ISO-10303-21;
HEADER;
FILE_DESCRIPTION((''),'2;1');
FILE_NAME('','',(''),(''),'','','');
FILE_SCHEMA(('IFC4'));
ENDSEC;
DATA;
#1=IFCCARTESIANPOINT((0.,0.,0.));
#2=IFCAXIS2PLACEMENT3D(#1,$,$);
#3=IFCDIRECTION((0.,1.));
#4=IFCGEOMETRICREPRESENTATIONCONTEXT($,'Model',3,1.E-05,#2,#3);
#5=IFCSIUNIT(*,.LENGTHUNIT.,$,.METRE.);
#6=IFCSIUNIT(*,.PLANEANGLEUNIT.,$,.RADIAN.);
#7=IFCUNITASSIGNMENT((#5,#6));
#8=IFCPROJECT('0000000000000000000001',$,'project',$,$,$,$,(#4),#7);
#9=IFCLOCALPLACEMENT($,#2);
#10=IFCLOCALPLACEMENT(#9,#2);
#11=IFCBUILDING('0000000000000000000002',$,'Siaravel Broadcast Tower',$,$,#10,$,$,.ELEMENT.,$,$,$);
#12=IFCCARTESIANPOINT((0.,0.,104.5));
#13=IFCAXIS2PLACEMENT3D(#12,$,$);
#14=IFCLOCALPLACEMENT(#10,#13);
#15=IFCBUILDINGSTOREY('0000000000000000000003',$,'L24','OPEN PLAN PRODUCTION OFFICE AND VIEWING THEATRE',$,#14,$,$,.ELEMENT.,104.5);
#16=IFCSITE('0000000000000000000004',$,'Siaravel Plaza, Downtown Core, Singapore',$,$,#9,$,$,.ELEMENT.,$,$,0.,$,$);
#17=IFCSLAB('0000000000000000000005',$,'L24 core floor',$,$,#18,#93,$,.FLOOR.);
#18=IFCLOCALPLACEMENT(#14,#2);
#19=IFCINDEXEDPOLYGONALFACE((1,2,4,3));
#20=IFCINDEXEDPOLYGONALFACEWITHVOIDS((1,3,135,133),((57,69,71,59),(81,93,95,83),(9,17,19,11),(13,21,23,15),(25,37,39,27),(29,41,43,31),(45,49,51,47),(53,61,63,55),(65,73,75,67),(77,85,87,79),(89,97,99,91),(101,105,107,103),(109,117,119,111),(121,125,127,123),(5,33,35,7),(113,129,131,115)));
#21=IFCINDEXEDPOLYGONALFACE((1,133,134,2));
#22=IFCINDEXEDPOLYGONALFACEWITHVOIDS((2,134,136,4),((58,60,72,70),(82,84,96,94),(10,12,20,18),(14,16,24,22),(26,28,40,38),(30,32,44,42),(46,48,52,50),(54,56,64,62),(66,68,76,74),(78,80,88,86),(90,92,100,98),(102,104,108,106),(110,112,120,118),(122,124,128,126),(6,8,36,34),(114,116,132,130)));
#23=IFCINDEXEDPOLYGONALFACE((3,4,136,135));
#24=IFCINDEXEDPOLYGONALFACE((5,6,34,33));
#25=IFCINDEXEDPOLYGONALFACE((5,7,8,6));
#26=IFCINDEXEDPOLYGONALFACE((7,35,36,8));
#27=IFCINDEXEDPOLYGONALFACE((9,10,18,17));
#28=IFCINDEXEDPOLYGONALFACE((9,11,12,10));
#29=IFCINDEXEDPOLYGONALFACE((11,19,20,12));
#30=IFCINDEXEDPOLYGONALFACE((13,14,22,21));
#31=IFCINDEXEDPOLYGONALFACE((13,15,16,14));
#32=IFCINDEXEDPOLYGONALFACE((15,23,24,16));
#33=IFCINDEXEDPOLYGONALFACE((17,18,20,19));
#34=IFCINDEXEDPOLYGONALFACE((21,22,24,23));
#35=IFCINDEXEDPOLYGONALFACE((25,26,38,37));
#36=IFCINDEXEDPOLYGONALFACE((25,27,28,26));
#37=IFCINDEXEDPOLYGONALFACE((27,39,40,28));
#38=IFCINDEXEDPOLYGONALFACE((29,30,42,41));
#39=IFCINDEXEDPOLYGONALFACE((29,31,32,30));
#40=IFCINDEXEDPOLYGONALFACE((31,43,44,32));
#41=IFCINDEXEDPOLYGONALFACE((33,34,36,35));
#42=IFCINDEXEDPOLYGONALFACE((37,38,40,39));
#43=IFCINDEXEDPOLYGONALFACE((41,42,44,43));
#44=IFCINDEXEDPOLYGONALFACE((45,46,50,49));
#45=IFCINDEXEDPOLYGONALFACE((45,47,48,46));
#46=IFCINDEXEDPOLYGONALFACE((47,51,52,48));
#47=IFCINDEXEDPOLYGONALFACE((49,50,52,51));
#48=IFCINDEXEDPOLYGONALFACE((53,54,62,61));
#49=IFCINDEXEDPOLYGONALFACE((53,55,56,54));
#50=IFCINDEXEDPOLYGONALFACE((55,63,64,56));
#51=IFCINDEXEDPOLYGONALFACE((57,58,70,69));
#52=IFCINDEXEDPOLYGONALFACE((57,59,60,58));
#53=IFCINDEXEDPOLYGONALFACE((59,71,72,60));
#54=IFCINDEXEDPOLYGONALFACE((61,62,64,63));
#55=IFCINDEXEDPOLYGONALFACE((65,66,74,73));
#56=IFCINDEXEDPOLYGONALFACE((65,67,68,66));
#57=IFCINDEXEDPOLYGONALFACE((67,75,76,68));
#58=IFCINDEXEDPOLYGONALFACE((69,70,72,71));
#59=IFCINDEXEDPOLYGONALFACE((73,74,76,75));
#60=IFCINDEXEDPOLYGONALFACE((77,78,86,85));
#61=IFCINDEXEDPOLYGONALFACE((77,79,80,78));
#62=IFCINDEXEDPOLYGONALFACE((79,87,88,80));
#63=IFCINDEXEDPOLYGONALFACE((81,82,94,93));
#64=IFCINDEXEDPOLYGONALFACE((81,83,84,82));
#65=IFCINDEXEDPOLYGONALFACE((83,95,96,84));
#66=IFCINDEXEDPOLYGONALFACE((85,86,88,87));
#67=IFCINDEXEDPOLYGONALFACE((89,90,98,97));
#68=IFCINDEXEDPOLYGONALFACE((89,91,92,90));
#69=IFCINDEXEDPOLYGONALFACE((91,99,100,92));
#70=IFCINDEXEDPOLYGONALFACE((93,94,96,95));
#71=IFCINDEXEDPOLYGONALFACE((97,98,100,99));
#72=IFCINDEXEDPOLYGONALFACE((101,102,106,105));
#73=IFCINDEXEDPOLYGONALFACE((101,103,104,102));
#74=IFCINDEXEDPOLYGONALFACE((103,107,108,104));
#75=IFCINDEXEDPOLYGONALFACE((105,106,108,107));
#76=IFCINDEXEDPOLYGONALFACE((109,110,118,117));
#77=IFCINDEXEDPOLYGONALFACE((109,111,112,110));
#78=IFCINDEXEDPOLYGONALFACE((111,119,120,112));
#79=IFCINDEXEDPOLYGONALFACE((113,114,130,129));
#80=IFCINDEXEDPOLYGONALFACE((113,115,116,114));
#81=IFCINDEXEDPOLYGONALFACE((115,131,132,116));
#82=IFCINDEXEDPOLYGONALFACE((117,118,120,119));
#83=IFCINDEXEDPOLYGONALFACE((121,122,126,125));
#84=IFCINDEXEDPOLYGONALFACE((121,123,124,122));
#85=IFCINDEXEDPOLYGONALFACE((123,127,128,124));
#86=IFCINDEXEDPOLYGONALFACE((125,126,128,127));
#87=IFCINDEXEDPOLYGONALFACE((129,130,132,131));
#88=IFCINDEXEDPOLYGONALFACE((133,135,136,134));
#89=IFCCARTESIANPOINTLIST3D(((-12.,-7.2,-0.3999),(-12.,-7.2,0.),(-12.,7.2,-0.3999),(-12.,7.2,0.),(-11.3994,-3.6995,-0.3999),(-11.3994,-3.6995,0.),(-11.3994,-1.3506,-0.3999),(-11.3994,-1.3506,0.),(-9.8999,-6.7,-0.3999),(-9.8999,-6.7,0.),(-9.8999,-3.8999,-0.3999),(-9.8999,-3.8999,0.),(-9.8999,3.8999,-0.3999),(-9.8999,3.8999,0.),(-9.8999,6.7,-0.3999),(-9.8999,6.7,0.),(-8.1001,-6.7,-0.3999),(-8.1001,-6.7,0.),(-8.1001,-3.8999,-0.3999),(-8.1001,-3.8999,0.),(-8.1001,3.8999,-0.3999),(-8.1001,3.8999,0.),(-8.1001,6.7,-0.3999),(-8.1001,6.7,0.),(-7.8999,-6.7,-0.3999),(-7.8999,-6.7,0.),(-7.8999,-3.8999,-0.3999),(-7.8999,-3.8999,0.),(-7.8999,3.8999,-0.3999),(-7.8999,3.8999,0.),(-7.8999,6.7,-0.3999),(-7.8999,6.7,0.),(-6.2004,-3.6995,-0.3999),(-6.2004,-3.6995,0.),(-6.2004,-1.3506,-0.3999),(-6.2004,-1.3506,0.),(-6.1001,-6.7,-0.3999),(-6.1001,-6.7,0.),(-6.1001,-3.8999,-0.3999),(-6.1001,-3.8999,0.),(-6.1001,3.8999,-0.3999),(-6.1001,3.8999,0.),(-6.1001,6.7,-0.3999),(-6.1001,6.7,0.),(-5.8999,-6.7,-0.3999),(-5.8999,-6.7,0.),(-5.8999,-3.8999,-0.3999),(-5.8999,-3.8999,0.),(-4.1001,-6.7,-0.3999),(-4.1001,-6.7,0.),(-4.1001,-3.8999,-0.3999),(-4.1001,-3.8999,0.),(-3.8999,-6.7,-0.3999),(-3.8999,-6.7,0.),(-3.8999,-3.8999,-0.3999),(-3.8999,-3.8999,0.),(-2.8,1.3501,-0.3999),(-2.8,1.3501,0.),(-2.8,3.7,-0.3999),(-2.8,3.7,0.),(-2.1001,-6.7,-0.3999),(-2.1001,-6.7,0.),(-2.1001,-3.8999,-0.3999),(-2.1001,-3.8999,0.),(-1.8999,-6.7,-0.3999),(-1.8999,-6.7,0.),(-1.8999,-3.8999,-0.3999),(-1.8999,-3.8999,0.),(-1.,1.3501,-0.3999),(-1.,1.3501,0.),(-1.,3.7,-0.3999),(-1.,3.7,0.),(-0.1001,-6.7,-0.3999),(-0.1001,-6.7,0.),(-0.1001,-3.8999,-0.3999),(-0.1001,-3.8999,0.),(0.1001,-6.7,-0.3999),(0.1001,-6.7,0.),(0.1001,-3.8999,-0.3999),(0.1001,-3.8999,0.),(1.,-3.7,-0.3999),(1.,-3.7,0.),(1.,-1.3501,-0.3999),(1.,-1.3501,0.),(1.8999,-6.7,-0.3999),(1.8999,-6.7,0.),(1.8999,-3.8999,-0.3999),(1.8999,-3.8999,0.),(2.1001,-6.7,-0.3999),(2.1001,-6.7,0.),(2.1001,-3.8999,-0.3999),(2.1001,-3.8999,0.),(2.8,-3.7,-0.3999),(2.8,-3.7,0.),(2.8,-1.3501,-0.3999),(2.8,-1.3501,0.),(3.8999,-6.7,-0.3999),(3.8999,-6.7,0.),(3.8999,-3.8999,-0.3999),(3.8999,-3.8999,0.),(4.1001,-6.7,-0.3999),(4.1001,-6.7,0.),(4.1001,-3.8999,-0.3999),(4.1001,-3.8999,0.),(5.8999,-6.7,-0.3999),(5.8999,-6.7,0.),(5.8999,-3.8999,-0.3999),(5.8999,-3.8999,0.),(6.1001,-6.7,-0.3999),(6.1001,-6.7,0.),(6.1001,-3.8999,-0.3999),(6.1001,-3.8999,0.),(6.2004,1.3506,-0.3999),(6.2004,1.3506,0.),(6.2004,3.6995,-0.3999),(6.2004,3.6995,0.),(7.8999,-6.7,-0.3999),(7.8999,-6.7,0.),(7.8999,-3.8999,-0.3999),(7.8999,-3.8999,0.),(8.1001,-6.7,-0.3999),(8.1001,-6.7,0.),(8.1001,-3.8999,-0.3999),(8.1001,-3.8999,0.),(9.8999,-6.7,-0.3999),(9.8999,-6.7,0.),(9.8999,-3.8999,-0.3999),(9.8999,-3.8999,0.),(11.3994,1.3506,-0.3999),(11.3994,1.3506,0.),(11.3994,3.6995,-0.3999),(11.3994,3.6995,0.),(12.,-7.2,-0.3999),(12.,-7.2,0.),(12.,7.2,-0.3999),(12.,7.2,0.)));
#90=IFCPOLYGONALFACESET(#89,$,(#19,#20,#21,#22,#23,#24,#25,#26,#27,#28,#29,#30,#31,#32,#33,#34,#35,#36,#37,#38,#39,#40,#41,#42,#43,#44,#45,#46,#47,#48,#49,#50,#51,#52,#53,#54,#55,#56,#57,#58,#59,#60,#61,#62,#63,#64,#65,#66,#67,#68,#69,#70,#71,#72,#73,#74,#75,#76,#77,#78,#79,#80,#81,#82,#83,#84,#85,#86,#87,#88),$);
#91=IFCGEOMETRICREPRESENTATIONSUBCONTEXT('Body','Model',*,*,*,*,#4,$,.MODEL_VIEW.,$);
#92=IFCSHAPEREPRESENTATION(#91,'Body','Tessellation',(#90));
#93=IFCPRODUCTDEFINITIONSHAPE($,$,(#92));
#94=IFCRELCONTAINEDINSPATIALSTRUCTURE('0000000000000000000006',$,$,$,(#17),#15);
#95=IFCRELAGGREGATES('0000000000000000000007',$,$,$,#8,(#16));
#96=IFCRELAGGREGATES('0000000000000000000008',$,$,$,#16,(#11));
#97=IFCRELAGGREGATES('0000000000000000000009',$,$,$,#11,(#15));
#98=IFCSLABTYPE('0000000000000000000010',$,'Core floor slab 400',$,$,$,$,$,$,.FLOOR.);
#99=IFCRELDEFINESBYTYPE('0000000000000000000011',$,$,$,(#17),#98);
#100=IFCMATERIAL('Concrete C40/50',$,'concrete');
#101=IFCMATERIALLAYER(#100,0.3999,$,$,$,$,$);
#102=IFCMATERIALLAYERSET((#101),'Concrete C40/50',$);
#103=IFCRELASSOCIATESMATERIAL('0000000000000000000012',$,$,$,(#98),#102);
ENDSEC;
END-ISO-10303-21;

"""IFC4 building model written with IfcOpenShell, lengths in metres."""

from ifc_helpers import new_model, si_unit, direction, frame, origin, place, context, subcontext, project, spatial, polyline, outline, extrude, material, layer, layer_set, type_object, element, save


model = new_model("IFC4")

# Units and contexts
model_context = context("Model", 3, precision=1e-05, world=origin(), true_north=direction((0.0, 1.0)))
body_context = subcontext(model_context, "Body", "Model", "MODEL_VIEW")
ifc_project = project(units=[si_unit("LENGTHUNIT", "METRE"), si_unit("PLANEANGLEUNIT", "RADIAN")], contexts=[model_context])

# Site, building, storey
site_placement = place(None, origin())
site = spatial("IfcSite", under=ifc_project, at=site_placement, Name="Siaravel Plaza, Downtown Core, Singapore", CompositionType="ELEMENT", RefElevation=0.0)
building_placement = place(site_placement, origin())
building = spatial("IfcBuilding", under=site, at=building_placement, Name="Siaravel Broadcast Tower", CompositionType="ELEMENT")
storey_placement = place(building_placement, frame((0.0, 0.0, 104.5)))
storey = spatial("IfcBuildingStorey", under=building, at=storey_placement, Name="L24", Description="OPEN PLAN PRODUCTION OFFICE AND VIEWING THEATRE", CompositionType="ELEMENT", Elevation=104.5)

# Slab
ifc_material_1 = material(Name="Concrete C40/50", Category="concrete")
ifc_layer_1 = layer(ifc_material_1, 0.3999)
ifc_layer_set_1 = layer_set([ifc_layer_1], Name="Concrete C40/50")
slab_type_1 = type_object("IfcSlabType", Name="Core floor slab 400", PredefinedType="FLOOR", material=ifc_layer_set_1)
slab_1_placement = place(storey_placement, frame((0.0, 0.0, -0.3999)))
element("IfcSlab", 1, at=slab_1_placement, inside=storey, type_object=slab_type_1, Name="L24 core floor", PredefinedType="FLOOR", context=body_context, shape_type="SweptSolid", body=[
    extrude(outline(polyline([(-12.0, -7.2), (-12.0, 7.2), (12.0, 7.2), (12.0, -7.2), (-12.0, -7.2)]), holes=[polyline([(11.3994, 1.3506), (11.3994, 3.6995), (6.2004, 3.6995), (6.2004, 1.3506), (11.3994, 1.3506)]), polyline([(9.8999, -3.8999), (8.1001, -3.8999), (8.1001, -6.7), (9.8999, -6.7), (9.8999, -3.8999)]), polyline([(7.8999, -3.8999), (6.1001, -3.8999), (6.1001, -6.7), (7.8999, -6.7), (7.8999, -3.8999)]), polyline([(5.8999, -3.8999), (4.1001, -3.8999), (4.1001, -6.7), (5.8999, -6.7), (5.8999, -3.8999)]), polyline([(3.8999, -3.8999), (2.1001, -3.8999), (2.1001, -6.7), (3.8999, -6.7), (3.8999, -3.8999)]), polyline([(2.8, -1.3501), (1.0, -1.3501), (1.0, -3.7), (2.8, -3.7), (2.8, -1.3501)]), polyline([(1.8999, -3.8999), (0.1001, -3.8999), (0.1001, -6.7), (1.8999, -6.7), (1.8999, -3.8999)]), polyline([(-0.1001, -3.8999), (-1.8999, -3.8999), (-1.8999, -6.7), (-0.1001, -6.7), (-0.1001, -3.8999)]), polyline([(-1.0, 3.7), (-2.8, 3.7), (-2.8, 1.3501), (-1.0, 1.3501), (-1.0, 3.7)]), polyline([(-2.1001, -3.8999), (-3.8999, -3.8999), (-3.8999, -6.7), (-2.1001, -6.7), (-2.1001, -3.8999)]), polyline([(-4.1001, -3.8999), (-5.8999, -3.8999), (-5.8999, -6.7), (-4.1001, -6.7), (-4.1001, -3.8999)]), polyline([(-6.1001, -3.8999), (-7.8999, -3.8999), (-7.8999, -6.7), (-6.1001, -6.7), (-6.1001, -3.8999)]), polyline([(-6.1001, 6.7), (-7.8999, 6.7), (-7.8999, 3.8999), (-6.1001, 3.8999), (-6.1001, 6.7)]), polyline([(-11.3994, -1.3506), (-11.3994, -3.6995), (-6.2004, -3.6995), (-6.2004, -1.3506), (-11.3994, -1.3506)]), polyline([(-8.1001, -3.8999), (-9.8999, -3.8999), (-9.8999, -6.7), (-8.1001, -6.7), (-8.1001, -3.8999)]), polyline([(-8.1001, 6.7), (-9.8999, 6.7), (-9.8999, 3.8999), (-8.1001, 3.8999), (-8.1001, 6.7)])]), origin(), (0.0, 0.0, 1.0), 0.3999),
])

save(model, "model.ifc")
